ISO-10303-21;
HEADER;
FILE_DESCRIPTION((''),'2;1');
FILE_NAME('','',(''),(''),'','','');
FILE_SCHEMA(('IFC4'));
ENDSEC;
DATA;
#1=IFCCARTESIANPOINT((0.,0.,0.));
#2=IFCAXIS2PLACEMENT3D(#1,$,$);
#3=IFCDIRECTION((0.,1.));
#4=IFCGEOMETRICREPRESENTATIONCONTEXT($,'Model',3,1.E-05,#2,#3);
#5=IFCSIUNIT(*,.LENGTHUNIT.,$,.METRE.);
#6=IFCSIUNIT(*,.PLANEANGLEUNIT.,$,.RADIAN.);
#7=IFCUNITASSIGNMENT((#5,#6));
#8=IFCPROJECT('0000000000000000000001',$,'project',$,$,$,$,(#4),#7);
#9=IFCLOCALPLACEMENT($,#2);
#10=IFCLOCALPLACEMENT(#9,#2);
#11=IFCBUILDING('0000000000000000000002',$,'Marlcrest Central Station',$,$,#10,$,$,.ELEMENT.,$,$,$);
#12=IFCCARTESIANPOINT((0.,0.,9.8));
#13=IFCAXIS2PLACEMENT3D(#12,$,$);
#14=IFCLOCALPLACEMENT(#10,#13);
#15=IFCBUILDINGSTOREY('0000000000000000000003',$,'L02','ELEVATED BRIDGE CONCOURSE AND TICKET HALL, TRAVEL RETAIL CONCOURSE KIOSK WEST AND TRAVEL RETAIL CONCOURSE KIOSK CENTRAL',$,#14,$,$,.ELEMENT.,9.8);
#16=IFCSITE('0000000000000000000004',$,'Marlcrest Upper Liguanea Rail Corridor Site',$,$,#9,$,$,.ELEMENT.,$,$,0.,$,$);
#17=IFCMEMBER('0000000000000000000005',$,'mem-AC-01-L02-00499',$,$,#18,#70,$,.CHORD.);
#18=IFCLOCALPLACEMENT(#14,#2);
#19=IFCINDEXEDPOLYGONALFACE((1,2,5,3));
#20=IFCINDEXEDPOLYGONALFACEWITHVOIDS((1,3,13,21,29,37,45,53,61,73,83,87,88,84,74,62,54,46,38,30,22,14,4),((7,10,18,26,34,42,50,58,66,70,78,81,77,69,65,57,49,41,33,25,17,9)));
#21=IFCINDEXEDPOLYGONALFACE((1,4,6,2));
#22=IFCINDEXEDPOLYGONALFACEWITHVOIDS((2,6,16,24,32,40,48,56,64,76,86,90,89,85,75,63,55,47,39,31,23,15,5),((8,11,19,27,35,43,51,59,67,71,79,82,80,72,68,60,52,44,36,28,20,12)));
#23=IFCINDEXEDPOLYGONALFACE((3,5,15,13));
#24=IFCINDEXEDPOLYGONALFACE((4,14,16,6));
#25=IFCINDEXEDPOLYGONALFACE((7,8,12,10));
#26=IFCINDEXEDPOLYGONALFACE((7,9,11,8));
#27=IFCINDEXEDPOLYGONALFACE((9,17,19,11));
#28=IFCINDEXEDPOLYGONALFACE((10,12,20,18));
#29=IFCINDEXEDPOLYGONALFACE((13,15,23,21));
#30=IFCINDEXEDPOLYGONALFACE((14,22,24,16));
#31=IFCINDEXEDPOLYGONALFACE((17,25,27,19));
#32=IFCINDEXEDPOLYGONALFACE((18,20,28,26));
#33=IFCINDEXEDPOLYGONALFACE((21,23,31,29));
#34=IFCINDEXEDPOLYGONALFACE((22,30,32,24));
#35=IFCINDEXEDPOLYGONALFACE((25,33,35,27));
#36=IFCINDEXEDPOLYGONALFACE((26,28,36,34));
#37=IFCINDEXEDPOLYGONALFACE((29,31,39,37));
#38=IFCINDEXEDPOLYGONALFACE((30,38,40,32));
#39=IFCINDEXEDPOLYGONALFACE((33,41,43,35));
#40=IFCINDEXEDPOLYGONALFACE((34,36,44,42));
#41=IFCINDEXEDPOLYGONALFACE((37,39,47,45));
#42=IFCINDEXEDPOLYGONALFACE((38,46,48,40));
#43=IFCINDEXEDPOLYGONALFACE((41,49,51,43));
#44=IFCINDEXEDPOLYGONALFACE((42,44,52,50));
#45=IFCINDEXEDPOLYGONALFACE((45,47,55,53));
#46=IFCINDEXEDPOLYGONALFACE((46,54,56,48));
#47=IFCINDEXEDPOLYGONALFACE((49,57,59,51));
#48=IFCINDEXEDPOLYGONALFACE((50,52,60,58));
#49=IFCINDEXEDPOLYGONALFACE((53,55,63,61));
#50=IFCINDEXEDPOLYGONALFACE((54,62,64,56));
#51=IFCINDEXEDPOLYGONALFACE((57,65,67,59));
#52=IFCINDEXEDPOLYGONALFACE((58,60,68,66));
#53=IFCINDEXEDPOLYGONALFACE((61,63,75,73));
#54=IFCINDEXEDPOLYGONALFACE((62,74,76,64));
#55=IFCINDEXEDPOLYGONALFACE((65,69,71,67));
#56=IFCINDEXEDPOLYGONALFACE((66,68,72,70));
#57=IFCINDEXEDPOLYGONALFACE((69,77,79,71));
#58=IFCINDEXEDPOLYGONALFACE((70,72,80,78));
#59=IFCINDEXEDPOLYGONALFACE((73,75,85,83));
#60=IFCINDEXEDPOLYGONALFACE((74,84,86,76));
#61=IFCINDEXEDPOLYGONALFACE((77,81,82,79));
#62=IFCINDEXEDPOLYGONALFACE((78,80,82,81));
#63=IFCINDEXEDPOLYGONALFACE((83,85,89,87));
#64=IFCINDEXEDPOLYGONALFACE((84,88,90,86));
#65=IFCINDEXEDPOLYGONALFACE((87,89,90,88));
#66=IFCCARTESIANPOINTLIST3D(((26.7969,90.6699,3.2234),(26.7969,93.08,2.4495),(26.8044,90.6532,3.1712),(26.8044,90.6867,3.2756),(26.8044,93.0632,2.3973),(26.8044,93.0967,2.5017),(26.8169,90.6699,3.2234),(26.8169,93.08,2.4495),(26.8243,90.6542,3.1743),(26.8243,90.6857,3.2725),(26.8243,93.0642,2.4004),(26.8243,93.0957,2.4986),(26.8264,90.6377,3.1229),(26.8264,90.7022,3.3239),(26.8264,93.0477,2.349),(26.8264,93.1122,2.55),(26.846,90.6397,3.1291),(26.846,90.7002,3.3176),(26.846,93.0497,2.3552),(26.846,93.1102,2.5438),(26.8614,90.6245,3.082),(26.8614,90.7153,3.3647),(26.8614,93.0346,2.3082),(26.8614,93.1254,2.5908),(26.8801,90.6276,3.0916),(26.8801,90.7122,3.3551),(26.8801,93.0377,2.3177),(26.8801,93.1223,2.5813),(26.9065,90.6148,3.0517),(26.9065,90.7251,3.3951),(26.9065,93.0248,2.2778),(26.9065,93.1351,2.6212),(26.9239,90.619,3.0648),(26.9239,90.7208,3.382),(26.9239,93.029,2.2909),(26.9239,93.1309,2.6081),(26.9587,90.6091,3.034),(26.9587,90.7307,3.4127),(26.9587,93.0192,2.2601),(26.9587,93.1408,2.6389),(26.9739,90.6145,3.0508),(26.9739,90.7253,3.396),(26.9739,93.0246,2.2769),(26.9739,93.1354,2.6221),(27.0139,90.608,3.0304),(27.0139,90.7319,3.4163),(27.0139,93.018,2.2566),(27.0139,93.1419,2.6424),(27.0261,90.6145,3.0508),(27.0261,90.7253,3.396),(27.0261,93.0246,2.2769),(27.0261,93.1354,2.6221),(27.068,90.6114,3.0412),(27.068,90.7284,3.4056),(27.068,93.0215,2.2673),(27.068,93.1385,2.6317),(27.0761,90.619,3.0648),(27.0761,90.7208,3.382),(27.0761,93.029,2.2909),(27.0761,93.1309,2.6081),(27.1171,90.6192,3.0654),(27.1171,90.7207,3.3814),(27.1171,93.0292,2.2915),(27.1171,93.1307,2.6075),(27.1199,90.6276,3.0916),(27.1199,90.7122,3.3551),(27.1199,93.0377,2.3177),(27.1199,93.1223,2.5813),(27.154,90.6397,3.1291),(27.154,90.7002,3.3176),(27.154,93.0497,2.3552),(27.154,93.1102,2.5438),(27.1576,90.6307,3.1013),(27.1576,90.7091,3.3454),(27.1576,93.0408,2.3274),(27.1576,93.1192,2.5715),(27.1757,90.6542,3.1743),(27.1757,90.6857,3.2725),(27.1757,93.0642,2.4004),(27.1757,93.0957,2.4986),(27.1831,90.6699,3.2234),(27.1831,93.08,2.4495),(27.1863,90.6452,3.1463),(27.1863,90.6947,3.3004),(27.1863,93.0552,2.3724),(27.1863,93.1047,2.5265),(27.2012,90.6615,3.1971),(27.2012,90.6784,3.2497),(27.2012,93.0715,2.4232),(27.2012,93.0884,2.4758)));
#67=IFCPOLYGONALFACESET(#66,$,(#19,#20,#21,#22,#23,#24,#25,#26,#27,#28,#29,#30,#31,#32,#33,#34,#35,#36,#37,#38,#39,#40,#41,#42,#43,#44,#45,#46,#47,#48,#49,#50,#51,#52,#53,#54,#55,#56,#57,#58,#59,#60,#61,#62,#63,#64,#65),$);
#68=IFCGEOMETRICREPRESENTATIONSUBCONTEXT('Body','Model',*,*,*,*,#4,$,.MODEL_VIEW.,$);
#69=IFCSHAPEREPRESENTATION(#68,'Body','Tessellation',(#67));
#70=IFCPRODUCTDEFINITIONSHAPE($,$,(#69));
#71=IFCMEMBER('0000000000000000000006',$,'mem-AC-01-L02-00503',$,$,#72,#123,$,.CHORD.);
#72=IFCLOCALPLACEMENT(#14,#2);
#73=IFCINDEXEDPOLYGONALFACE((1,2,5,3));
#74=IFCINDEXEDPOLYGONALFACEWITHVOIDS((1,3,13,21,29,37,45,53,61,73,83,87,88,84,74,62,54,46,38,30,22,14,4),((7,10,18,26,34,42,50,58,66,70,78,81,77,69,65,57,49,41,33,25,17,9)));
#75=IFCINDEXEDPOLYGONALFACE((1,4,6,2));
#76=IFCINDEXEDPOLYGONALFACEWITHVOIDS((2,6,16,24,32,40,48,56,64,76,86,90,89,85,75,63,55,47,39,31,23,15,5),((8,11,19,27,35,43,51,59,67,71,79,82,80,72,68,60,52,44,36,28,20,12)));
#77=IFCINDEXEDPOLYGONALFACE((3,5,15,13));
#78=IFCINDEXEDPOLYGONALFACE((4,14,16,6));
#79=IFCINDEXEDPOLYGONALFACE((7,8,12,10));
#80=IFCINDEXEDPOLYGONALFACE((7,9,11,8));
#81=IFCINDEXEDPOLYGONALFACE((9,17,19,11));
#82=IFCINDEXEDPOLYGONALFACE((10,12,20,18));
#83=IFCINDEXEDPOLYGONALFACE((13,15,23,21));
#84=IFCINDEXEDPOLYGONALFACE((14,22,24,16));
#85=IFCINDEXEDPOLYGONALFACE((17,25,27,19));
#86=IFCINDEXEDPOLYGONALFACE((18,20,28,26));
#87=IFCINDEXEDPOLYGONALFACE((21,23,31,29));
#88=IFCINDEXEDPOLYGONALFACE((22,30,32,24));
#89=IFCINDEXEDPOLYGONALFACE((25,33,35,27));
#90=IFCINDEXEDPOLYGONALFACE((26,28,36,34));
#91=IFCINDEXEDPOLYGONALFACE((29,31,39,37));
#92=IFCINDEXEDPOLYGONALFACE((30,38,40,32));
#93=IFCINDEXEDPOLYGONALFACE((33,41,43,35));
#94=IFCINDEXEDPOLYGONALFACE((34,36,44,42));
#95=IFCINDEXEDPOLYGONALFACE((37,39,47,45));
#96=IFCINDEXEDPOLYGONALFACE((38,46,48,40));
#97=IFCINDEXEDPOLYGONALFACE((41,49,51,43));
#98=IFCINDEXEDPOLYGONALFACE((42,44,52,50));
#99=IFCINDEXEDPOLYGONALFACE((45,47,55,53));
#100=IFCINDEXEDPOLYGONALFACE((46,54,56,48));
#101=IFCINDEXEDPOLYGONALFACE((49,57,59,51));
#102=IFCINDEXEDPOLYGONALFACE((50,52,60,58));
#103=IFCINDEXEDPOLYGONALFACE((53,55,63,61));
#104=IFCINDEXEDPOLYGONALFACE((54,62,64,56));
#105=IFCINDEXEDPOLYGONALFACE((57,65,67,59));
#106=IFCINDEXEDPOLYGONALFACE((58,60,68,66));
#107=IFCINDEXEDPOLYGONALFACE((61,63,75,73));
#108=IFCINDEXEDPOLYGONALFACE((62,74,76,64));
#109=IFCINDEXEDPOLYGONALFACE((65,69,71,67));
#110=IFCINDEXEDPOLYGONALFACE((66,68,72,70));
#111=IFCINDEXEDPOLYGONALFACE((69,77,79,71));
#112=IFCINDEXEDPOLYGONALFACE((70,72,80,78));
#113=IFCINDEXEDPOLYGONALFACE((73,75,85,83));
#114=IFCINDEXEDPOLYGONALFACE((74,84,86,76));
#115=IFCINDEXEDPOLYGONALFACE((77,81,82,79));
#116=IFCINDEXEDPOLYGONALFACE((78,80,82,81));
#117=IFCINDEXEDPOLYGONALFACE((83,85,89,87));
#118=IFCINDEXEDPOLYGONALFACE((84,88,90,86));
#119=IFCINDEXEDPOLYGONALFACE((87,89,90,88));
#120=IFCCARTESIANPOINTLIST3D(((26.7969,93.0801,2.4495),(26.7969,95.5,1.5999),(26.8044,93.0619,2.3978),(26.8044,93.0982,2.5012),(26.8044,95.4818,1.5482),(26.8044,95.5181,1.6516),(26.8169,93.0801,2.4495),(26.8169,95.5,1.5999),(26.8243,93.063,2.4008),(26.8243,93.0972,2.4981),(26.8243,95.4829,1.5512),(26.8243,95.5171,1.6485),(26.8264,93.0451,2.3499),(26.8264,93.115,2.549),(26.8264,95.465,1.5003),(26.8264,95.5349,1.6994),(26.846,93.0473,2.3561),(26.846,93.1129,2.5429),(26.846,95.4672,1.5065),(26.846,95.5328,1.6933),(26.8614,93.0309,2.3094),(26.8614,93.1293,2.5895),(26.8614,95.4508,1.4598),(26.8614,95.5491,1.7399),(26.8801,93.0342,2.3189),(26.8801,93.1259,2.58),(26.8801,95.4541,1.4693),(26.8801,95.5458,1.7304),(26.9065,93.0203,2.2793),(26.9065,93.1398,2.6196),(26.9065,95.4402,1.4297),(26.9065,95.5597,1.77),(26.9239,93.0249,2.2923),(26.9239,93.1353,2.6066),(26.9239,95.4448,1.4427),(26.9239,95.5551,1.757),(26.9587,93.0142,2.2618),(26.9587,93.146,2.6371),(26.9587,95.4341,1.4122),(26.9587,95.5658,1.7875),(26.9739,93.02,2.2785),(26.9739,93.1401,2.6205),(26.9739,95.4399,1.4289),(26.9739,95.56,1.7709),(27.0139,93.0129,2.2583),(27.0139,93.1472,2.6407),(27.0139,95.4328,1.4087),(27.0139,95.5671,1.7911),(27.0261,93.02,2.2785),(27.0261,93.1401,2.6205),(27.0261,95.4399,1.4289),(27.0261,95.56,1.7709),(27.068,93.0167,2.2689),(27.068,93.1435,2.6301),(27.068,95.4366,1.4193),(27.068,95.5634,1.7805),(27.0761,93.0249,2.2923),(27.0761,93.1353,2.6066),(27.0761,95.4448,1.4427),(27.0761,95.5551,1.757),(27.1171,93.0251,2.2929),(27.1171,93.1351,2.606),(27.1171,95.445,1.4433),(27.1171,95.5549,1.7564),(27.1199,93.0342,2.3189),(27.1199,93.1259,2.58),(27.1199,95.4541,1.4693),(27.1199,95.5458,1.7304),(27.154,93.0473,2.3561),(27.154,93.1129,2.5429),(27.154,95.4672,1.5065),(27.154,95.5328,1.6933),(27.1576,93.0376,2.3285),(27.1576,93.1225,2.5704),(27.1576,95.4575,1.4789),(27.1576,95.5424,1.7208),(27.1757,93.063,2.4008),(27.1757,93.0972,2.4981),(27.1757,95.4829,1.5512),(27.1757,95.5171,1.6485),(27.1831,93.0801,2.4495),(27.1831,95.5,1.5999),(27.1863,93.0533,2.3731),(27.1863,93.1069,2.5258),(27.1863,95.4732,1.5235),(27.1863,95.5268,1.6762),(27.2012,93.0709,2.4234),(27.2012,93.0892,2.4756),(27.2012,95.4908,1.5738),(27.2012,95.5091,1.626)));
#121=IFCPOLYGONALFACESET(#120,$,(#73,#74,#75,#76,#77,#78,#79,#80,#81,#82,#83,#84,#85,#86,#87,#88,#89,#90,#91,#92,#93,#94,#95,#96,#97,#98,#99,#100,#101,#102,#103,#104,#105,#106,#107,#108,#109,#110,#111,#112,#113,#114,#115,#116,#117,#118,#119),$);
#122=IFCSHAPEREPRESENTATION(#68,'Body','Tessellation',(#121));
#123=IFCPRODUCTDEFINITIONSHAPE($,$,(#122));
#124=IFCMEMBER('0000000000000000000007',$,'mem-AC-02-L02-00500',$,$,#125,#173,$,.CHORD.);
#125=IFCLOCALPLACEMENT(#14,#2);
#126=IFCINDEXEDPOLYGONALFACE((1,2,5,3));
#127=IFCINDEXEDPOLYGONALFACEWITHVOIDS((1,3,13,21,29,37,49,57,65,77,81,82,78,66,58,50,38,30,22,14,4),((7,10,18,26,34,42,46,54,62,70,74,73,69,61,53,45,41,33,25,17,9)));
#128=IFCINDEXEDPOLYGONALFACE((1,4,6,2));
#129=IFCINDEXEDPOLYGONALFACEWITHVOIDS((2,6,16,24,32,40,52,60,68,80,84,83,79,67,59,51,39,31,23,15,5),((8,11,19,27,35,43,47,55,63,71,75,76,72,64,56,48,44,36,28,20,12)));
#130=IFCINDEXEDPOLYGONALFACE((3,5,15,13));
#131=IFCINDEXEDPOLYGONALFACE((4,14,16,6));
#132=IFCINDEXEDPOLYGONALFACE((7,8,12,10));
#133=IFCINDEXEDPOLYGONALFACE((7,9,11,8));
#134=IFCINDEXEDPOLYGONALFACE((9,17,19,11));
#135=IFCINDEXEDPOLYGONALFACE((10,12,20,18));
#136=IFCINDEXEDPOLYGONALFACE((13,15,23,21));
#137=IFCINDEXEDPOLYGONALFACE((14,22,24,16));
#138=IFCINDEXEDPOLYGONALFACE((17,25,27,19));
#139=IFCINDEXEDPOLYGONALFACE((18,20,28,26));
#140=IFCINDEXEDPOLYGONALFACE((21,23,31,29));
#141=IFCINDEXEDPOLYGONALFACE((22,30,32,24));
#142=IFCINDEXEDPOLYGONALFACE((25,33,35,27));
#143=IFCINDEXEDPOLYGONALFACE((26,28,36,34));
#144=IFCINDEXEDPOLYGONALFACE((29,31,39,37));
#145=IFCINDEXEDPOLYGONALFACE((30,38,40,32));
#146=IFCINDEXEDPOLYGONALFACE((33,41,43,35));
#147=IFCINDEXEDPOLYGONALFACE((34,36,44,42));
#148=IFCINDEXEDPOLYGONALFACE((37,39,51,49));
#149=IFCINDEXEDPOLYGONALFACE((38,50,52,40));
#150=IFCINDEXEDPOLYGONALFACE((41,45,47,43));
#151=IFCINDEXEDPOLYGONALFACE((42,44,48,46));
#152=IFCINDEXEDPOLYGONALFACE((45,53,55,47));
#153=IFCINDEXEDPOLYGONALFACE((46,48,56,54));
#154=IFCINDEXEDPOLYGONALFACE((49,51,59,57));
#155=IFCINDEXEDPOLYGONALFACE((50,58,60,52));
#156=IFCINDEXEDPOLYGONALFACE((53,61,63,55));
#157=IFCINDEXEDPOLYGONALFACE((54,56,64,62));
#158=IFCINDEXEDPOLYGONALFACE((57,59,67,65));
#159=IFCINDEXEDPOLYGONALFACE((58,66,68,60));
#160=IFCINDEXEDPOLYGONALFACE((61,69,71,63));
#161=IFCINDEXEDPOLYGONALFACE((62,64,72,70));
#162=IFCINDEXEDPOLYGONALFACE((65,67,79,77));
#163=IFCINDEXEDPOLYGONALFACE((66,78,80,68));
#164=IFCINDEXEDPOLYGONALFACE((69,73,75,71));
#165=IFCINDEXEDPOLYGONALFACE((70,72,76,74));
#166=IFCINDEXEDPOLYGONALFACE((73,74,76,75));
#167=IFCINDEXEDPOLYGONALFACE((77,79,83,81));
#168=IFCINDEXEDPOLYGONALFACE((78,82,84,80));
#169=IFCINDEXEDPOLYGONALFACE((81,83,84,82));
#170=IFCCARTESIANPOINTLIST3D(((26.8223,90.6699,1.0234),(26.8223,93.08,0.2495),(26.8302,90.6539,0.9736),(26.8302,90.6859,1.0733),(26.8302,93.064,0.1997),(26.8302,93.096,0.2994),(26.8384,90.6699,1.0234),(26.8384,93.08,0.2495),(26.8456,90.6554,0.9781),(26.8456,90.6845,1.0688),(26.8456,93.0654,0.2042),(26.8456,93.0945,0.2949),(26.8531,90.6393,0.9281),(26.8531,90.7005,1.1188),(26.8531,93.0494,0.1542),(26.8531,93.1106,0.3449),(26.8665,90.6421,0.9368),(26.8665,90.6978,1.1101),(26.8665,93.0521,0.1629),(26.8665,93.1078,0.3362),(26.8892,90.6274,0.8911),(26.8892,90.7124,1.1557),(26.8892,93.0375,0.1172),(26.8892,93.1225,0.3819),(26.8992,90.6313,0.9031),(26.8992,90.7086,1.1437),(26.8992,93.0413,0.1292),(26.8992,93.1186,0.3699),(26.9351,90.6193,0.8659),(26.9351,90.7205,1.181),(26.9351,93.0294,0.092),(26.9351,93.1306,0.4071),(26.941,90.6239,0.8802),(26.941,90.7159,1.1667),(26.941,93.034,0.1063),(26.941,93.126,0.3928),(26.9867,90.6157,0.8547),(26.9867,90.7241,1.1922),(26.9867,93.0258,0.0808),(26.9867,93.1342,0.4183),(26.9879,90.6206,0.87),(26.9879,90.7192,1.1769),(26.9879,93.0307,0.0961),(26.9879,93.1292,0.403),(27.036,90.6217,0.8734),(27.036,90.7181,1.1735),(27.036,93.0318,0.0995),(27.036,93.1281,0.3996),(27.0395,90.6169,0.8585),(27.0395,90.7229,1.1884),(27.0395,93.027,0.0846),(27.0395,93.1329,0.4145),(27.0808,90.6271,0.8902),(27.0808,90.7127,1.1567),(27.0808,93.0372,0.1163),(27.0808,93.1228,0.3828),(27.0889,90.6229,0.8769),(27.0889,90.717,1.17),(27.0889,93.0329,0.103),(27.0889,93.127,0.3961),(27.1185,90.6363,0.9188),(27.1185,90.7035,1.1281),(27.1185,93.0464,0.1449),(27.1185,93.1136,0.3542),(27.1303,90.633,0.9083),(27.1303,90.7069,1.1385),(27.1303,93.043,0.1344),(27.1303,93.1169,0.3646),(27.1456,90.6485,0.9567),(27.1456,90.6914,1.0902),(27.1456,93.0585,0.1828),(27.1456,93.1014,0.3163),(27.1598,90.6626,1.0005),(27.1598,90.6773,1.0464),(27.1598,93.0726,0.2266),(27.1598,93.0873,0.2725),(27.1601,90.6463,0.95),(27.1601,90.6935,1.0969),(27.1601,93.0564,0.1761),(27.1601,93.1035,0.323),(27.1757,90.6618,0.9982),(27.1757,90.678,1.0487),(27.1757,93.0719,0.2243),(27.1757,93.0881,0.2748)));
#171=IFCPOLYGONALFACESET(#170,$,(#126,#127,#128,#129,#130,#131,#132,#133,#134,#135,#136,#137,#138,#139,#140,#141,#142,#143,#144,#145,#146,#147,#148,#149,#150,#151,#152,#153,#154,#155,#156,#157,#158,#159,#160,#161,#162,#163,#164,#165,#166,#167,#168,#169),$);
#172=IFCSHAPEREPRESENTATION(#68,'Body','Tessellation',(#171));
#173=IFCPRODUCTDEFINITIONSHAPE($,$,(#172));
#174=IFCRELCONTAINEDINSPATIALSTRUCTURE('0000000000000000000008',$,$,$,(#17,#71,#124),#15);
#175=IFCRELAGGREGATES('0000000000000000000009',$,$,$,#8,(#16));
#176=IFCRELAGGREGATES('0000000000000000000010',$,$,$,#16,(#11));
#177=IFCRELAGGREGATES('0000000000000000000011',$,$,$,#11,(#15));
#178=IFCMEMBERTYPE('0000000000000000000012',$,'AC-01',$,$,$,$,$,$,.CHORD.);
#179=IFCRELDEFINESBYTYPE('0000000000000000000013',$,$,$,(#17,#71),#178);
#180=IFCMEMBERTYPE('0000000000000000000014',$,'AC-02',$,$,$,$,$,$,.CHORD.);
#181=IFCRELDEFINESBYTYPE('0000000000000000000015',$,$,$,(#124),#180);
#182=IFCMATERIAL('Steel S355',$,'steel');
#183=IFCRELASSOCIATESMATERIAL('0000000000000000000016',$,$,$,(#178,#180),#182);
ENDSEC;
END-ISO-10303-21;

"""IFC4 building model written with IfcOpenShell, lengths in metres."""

from ifc_helpers import new_model, si_unit, direction, frame, origin, origin_2d, place, context, subcontext, project, spatial, hollow_circle, extrude, material, material_profile, profile_set, type_object, element, save


model = new_model("IFC4")

# Units and contexts
model_context = context("Model", 3, precision=1e-05, world=origin(), true_north=direction((0.0, 1.0)))
body_context = subcontext(model_context, "Body", "Model", "MODEL_VIEW")
ifc_project = project(units=[si_unit("LENGTHUNIT", "METRE"), si_unit("PLANEANGLEUNIT", "RADIAN")], contexts=[model_context])

# Site, building, storey
site_placement = place(None, origin())
site = spatial("IfcSite", under=ifc_project, at=site_placement, Name="Marlcrest Upper Liguanea Rail Corridor Site", CompositionType="ELEMENT", RefElevation=0.0)
building_placement = place(site_placement, origin())
building = spatial("IfcBuilding", under=site, at=building_placement, Name="Marlcrest Central Station", CompositionType="ELEMENT")
storey_placement = place(building_placement, frame((0.0, 0.0, 9.8)))
storey = spatial("IfcBuildingStorey", under=building, at=storey_placement, Name="L02", Description="ELEVATED BRIDGE CONCOURSE AND TICKET HALL, TRAVEL RETAIL CONCOURSE KIOSK WEST AND TRAVEL RETAIL CONCOURSE KIOSK CENTRAL", CompositionType="ELEMENT", Elevation=9.8)

# Members
ifc_material_1 = material(Name="Steel S355", Category="steel")
ifc_material_profile_1 = material_profile(ifc_material_1, hollow_circle(Radius=0.2031, WallThickness=0.02, at=origin_2d()), Name="CHS 406.4x20")
ifc_profile_set_1 = profile_set([ifc_material_profile_1], Name="Steel S355")
member_type_1 = type_object("IfcMemberType", Name="AC-01", PredefinedType="CHORD", material=ifc_profile_set_1)
member_1_placement = place(storey_placement, frame((27.0, 90.6699, 3.2234), z_axis=(0.0, 0.952117, -0.305734), x_axis=(-1.0, 0.0, 0.0)))
element("IfcMember", 1, at=member_1_placement, inside=storey, type_object=member_type_1, Name="mem-AC-01-L02-00499", PredefinedType="CHORD", context=body_context, shape_type="SweptSolid", body=[
    extrude(hollow_circle(Radius=0.2031, WallThickness=0.02, at=origin_2d()), origin(), (0.0, 0.0, 1.0), 2.5312),
])
member_2_placement = place(storey_placement, frame((27.0, 93.0801, 2.4495), z_axis=(0.0, 0.943537, -0.331266), x_axis=(-1.0, 0.0, 0.0)))
element("IfcMember", 2, at=member_2_placement, inside=storey, type_object=member_type_1, Name="mem-AC-01-L02-00503", PredefinedType="CHORD", context=body_context, shape_type="SweptSolid", body=[
    extrude(hollow_circle(Radius=0.2031, WallThickness=0.02, at=origin_2d()), origin(), (0.0, 0.0, 1.0), 2.5647),
])
ifc_material_profile_2 = material_profile(ifc_material_1, hollow_circle(Radius=0.1777, WallThickness=0.0161, at=origin_2d()), Name="CHS 355.6x16")
ifc_profile_set_2 = profile_set([ifc_material_profile_2], Name="Steel S355")
member_type_2 = type_object("IfcMemberType", Name="AC-02", PredefinedType="CHORD", material=ifc_profile_set_2)
member_3_placement = place(storey_placement, frame((27.0, 90.6699, 1.0234), z_axis=(0.0, 0.952117, -0.305734), x_axis=(-1.0, 0.0, 0.0)))
element("IfcMember", 3, at=member_3_placement, inside=storey, type_object=member_type_2, Name="mem-AC-02-L02-00500", PredefinedType="CHORD", context=body_context, shape_type="SweptSolid", body=[
    extrude(hollow_circle(Radius=0.1777, WallThickness=0.0161, at=origin_2d()), origin(), (0.0, 0.0, 1.0), 2.5312),
])

save(model, "model.ifc")
